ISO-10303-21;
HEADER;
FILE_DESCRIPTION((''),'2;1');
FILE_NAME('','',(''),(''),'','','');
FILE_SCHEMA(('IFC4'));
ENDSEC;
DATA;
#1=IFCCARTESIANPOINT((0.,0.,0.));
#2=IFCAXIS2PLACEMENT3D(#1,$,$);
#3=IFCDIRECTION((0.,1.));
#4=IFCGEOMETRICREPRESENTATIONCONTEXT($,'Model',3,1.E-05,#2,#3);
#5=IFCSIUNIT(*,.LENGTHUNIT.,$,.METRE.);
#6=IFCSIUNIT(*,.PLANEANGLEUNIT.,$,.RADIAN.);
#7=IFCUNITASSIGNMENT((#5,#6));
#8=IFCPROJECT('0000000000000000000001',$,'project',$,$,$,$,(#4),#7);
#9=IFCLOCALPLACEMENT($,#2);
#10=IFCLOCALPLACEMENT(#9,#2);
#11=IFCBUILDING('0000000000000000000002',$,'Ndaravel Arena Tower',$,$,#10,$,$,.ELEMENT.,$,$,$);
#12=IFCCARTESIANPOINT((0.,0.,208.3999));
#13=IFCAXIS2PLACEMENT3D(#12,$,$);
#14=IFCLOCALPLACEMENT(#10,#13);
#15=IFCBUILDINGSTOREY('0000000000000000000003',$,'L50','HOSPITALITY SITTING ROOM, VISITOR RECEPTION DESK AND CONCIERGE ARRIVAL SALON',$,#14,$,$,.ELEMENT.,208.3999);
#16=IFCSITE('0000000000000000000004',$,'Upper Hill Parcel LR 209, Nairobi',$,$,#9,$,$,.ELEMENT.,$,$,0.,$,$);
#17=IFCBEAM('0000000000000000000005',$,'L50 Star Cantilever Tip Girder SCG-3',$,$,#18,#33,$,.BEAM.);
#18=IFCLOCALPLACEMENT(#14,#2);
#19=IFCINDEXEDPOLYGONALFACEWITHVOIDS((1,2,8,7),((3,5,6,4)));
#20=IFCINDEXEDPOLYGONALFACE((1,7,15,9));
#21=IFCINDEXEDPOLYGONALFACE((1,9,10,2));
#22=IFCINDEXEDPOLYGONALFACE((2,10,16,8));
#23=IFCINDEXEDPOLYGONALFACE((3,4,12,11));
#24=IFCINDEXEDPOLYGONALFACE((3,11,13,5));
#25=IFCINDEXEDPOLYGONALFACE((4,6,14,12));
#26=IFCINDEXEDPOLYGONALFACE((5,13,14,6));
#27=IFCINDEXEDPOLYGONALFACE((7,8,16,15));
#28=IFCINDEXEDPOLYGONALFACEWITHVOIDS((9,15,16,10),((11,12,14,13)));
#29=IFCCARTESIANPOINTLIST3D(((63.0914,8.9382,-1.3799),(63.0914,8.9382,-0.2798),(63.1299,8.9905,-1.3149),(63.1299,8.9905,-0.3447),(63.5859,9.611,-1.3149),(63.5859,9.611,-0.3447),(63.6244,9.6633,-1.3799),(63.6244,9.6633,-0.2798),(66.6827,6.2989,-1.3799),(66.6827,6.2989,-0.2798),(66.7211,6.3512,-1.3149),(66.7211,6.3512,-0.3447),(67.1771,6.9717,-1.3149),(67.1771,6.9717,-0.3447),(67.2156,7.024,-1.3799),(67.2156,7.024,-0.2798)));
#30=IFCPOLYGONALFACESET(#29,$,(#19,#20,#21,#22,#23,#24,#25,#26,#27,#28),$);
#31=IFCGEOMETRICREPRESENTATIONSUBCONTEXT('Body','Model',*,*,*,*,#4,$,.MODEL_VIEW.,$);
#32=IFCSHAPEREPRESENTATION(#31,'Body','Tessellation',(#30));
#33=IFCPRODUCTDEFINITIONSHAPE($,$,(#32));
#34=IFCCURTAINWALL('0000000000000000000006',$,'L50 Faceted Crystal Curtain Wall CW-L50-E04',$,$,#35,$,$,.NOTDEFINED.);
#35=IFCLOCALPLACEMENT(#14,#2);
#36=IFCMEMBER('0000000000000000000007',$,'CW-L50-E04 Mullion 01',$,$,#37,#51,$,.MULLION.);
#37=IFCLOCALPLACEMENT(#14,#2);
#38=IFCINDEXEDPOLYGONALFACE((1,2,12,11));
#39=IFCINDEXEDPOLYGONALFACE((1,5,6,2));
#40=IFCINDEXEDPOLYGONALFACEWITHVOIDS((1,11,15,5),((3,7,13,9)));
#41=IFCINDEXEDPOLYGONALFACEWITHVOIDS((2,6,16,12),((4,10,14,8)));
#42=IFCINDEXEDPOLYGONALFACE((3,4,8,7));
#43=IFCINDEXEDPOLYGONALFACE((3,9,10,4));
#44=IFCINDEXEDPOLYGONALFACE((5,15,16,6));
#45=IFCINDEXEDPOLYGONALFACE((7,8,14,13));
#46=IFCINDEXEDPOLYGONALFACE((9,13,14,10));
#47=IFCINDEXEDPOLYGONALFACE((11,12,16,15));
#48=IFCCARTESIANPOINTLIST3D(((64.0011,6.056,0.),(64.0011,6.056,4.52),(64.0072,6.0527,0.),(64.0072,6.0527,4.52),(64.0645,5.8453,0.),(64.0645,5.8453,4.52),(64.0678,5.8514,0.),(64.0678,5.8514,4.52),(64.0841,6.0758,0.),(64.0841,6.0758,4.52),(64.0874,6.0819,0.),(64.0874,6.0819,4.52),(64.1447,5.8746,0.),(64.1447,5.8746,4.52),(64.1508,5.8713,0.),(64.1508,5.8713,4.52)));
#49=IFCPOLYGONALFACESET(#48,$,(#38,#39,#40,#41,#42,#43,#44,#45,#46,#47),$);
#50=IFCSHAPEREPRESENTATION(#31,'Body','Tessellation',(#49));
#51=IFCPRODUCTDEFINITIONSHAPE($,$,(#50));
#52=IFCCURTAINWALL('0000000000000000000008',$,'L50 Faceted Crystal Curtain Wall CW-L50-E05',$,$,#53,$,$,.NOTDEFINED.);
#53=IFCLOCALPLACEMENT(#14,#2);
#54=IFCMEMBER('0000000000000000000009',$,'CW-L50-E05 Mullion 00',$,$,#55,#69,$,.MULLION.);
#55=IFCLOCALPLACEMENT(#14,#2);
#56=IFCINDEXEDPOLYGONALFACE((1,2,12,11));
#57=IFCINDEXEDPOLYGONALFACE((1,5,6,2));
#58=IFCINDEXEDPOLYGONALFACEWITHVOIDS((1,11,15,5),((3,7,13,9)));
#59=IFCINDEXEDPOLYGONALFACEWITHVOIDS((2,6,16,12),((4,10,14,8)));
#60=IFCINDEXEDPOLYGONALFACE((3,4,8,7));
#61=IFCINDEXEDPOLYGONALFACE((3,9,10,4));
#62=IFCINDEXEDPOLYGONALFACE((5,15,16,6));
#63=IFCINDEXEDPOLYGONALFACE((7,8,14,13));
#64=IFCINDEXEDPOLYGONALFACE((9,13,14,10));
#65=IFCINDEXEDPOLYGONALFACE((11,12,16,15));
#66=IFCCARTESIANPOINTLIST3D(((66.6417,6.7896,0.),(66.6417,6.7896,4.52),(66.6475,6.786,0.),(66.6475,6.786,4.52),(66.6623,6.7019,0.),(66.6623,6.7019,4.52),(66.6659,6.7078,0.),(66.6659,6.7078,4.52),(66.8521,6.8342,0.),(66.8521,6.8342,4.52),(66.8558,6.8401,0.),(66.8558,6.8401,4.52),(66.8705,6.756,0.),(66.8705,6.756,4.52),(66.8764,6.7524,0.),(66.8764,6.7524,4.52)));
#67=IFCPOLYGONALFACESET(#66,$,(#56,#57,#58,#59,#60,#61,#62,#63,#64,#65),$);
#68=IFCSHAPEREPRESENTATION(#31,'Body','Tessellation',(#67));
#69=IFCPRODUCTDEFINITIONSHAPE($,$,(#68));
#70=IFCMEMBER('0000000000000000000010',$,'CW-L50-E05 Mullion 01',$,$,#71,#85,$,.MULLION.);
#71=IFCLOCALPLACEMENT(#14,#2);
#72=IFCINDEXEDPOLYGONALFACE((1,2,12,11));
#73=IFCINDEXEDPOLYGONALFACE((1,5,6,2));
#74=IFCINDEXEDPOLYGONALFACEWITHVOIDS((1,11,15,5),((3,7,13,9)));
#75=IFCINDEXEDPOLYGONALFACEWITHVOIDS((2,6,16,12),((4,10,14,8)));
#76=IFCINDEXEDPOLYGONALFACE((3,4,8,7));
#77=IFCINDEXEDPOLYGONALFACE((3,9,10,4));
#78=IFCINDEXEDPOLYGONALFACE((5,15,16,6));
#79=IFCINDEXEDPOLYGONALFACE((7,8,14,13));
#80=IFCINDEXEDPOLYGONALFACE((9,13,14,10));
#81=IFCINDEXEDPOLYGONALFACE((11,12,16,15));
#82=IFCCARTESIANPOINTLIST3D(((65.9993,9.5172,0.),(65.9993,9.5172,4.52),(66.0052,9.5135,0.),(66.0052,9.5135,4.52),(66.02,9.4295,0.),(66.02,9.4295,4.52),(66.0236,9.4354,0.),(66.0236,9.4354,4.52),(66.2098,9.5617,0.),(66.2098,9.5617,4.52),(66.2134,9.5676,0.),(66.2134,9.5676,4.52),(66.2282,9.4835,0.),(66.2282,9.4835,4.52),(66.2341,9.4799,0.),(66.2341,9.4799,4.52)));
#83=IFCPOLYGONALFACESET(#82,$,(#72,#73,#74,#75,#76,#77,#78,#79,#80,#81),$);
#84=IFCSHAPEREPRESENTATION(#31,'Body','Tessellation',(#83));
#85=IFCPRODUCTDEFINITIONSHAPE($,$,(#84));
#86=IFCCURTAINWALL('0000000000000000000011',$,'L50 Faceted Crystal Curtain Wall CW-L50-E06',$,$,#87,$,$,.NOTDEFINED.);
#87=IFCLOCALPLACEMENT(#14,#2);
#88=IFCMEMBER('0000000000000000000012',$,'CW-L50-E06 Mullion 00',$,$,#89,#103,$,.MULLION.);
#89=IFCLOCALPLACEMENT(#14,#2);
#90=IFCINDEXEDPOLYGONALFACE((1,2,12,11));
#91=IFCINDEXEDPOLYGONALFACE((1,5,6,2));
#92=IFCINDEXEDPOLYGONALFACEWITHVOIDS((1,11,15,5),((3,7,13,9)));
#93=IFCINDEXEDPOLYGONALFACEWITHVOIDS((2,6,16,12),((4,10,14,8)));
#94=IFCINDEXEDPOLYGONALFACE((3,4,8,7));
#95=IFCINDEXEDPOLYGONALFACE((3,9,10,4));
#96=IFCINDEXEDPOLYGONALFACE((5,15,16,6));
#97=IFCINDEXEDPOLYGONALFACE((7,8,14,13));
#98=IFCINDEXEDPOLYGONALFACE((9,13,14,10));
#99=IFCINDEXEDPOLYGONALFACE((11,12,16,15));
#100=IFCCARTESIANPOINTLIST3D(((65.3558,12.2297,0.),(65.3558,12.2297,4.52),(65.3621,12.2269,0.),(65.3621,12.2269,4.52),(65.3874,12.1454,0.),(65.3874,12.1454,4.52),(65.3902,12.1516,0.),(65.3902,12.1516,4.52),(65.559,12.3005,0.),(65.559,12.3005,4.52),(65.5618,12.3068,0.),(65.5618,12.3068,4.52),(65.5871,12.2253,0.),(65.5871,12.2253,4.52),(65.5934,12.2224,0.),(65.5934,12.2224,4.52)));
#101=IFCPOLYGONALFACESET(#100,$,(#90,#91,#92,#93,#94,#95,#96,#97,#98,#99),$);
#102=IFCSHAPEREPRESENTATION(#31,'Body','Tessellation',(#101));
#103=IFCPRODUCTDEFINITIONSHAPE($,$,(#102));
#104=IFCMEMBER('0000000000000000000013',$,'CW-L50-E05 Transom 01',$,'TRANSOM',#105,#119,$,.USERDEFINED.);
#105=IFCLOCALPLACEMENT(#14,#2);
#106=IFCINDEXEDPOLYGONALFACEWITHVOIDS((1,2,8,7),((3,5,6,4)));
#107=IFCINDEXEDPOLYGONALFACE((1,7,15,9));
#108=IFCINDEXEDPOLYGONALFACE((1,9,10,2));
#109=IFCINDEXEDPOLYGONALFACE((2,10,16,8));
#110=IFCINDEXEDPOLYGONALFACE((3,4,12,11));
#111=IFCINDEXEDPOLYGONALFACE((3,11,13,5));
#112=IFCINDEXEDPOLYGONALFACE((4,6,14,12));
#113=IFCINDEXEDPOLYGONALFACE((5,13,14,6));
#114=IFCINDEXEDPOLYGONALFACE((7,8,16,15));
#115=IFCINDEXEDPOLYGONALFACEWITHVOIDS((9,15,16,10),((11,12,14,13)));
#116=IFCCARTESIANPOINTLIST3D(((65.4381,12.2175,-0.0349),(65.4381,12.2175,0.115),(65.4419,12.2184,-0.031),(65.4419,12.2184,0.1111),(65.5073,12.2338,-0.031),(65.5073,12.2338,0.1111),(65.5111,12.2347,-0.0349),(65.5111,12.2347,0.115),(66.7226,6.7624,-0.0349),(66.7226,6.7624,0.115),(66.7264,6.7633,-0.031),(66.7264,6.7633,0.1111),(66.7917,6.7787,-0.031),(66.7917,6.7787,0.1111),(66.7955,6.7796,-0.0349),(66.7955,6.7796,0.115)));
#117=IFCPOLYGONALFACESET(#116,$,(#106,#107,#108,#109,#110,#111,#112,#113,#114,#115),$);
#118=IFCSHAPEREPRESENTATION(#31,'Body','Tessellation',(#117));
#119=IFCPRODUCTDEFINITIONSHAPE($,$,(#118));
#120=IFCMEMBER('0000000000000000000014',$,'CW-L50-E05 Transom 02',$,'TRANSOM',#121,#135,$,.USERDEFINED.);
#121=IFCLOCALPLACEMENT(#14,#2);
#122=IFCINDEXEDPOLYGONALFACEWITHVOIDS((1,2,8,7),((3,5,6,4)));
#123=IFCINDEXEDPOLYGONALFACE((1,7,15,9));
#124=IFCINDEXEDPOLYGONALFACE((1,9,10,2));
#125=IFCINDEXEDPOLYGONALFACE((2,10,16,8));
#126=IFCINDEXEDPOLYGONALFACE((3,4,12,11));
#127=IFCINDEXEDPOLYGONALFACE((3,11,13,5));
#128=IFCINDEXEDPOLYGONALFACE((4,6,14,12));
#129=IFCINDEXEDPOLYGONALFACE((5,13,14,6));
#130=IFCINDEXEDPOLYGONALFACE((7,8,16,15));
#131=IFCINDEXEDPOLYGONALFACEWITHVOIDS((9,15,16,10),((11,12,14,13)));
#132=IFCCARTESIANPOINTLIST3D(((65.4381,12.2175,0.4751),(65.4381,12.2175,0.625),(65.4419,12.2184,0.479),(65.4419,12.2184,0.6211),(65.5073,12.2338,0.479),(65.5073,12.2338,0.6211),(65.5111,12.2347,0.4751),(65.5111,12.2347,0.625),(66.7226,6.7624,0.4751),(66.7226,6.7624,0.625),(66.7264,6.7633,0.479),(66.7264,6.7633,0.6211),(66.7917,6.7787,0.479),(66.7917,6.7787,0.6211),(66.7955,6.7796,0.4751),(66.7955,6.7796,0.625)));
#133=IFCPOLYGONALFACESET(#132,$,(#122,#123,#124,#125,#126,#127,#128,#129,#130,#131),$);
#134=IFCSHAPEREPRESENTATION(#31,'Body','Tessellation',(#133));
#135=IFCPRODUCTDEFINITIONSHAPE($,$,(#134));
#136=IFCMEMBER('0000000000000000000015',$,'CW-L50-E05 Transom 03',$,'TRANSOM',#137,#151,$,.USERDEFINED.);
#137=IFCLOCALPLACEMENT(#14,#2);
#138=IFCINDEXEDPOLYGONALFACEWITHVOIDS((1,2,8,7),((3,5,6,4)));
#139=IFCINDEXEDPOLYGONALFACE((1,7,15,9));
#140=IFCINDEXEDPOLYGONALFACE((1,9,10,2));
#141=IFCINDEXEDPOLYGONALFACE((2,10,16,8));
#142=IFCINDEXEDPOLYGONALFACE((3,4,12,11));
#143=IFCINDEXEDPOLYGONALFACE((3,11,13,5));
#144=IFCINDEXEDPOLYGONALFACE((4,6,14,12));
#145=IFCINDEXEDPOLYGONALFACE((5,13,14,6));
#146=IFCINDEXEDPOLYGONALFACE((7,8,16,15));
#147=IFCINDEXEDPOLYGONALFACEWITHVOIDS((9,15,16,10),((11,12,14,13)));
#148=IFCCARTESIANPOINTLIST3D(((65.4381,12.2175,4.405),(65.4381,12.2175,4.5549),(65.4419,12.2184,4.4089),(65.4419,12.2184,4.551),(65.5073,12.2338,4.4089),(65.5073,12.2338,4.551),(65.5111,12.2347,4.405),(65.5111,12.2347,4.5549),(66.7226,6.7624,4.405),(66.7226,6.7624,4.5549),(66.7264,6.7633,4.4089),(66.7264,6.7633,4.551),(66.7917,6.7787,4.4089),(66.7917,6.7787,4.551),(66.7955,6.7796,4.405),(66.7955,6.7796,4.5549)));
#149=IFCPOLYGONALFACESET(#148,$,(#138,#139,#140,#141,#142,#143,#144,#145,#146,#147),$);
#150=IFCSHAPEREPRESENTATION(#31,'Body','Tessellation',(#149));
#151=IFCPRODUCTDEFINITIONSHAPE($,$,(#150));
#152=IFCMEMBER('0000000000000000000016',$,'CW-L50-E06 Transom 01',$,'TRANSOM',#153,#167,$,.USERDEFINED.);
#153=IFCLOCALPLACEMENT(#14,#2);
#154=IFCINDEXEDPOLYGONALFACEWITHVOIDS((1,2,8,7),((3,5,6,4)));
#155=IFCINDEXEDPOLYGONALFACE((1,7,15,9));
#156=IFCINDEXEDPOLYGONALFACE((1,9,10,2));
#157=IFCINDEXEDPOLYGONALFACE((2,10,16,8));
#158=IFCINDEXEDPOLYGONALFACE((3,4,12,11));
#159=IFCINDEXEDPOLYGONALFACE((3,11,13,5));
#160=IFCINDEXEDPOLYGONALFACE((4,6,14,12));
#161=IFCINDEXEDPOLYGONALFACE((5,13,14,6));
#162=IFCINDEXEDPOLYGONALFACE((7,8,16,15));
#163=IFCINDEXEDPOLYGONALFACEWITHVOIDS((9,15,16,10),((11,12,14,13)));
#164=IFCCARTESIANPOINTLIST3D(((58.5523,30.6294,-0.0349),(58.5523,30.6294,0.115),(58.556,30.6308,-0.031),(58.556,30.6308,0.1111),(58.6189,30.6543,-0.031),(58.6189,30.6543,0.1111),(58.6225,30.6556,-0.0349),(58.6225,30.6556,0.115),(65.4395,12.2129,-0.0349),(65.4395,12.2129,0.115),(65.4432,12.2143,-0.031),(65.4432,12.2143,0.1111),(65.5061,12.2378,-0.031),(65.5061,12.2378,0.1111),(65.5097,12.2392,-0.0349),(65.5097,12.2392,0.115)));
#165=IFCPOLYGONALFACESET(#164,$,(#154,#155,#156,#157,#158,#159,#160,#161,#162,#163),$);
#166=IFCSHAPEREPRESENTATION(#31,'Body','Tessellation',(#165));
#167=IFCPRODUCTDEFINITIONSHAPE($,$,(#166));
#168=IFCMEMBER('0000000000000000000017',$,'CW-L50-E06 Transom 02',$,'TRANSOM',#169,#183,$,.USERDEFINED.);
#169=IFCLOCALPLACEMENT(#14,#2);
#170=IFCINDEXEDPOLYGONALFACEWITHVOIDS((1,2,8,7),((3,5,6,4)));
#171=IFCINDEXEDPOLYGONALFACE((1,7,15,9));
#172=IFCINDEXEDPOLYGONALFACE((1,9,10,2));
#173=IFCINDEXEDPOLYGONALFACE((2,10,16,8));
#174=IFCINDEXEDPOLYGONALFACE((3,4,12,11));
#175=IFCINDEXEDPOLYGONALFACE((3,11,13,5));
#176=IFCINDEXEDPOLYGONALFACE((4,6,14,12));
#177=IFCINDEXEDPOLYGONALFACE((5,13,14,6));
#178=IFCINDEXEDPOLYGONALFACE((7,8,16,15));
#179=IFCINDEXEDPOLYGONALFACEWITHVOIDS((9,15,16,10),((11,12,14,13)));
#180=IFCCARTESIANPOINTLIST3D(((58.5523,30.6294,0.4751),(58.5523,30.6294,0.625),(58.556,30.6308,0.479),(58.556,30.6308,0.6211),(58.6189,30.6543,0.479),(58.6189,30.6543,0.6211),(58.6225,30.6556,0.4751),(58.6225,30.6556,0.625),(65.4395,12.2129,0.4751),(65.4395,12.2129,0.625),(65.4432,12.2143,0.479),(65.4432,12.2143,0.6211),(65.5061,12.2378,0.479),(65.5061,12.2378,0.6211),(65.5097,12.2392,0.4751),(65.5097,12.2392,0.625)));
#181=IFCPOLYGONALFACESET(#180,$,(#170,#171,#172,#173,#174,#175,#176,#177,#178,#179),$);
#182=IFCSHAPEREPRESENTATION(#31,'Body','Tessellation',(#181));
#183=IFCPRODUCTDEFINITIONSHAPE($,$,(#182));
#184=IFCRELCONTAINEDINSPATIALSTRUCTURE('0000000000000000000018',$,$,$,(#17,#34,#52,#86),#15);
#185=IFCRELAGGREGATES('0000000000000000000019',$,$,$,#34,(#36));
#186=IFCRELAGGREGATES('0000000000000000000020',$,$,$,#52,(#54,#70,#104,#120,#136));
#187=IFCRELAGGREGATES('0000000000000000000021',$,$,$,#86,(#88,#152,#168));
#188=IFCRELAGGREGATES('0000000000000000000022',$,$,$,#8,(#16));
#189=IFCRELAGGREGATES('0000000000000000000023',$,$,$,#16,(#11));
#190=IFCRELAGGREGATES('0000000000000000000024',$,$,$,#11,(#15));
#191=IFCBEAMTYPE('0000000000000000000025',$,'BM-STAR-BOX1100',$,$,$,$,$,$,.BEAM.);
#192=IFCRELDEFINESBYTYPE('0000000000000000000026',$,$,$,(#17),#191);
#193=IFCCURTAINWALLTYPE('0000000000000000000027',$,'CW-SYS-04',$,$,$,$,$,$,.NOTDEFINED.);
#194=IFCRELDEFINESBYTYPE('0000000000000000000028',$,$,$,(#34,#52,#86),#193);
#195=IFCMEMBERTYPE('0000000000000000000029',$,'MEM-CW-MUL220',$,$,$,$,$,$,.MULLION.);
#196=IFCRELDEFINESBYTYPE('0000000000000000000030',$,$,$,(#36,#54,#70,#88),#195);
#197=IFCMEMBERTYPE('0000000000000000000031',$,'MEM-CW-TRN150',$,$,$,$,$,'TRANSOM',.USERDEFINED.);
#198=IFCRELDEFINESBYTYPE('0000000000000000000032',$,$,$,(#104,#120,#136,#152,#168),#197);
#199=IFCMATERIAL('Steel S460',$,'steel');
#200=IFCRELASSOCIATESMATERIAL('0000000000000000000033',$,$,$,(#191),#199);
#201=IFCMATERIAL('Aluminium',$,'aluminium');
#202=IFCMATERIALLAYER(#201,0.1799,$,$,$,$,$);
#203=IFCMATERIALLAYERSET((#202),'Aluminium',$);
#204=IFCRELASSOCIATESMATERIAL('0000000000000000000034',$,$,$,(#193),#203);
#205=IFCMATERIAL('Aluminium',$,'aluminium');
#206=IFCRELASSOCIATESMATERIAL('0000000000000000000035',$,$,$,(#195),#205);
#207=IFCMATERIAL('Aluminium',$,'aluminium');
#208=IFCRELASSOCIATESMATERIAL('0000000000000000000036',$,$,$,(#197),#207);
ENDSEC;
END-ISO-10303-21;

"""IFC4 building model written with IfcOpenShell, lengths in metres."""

from ifc_helpers import new_model, si_unit, direction, frame, origin, origin_2d, place, context, subcontext, project, spatial, hollow_rectangle, extrude, material, layer, layer_set, material_profile, profile_set, type_object, element, aggregate, save


model = new_model("IFC4")

# Units and contexts
model_context = context("Model", 3, precision=1e-05, world=origin(), true_north=direction((0.0, 1.0)))
body_context = subcontext(model_context, "Body", "Model", "MODEL_VIEW")
ifc_project = project(units=[si_unit("LENGTHUNIT", "METRE"), si_unit("PLANEANGLEUNIT", "RADIAN")], contexts=[model_context])

# Site, building, storey
site_placement = place(None, origin())
site = spatial("IfcSite", under=ifc_project, at=site_placement, Name="Upper Hill Parcel LR 209, Nairobi", CompositionType="ELEMENT", RefElevation=0.0)
building_placement = place(site_placement, origin())
building = spatial("IfcBuilding", under=site, at=building_placement, Name="Ndaravel Arena Tower", CompositionType="ELEMENT")
storey_placement = place(building_placement, frame((0.0, 0.0, 208.3999)))
storey = spatial("IfcBuildingStorey", under=building, at=storey_placement, Name="L50", Description="HOSPITALITY SITTING ROOM, VISITOR RECEPTION DESK AND CONCIERGE ARRIVAL SALON", CompositionType="ELEMENT", Elevation=208.3999)

# Beam
ifc_material_1 = material(Name="Steel S460", Category="steel")
ifc_material_profile_1 = material_profile(ifc_material_1, hollow_rectangle(XDim=0.8999, YDim=1.1001, WallThickness=0.0649, at=origin_2d()), Name="BOX 1100x900x65")
ifc_profile_set_1 = profile_set([ifc_material_profile_1], Name="Steel S460")
beam_type_1 = type_object("IfcBeamType", Name="BM-STAR-BOX1100", PredefinedType="BEAM", material=ifc_profile_set_1)
beam_1_placement = place(storey_placement, frame((63.3579, 9.3008, -0.8298), z_axis=(0.805786, -0.592206, 0.0), x_axis=(0.592206, 0.805786, 0.0)))
element("IfcBeam", 1, at=beam_1_placement, inside=storey, type_object=beam_type_1, Name="L50 Star Cantilever Tip Girder SCG-3", PredefinedType="BEAM", context=body_context, shape_type="SweptSolid", body=[
    extrude(hollow_rectangle(XDim=0.8999, YDim=1.1001, WallThickness=0.0649, at=origin_2d()), origin(), (0.0, 0.0, 1.0), 4.4568),
])

# Curtain wall, member
ifc_material_2 = material(Name="Aluminium", Category="aluminium")
ifc_layer_1 = layer(ifc_material_2, 0.1799)
ifc_layer_set_1 = layer_set([ifc_layer_1], Name="Aluminium")
curtain_wall_type = type_object("IfcCurtainWallType", Name="CW-SYS-04", PredefinedType="NOTDEFINED", material=ifc_layer_set_1)
curtain_wall_1_placement = place(storey_placement, origin())
curtain_wall_1 = element("IfcCurtainWall", 2, at=curtain_wall_1_placement, inside=storey, type_object=curtain_wall_type, Name="L50 Faceted Crystal Curtain Wall CW-L50-E04", PredefinedType="NOTDEFINED")
ifc_material_3 = material(Name="Aluminium", Category="aluminium")
ifc_material_profile_2 = material_profile(ifc_material_3, hollow_rectangle(XDim=0.0901, YDim=0.22, WallThickness=0.0049, at=origin_2d()), Name="CW MULLION 90x220x5")
ifc_profile_set_2 = profile_set([ifc_material_profile_2], Name="Aluminium")
member_type_1 = type_object("IfcMemberType", Name="MEM-CW-MUL220", PredefinedType="MULLION", material=ifc_profile_set_2)
member_1_placement = place(storey_placement, frame((64.0759, 5.9636, 0.0), z_axis=(0.0, 0.0, 1.0), x_axis=(0.957576, 0.28818, 0.0)))
member_1 = element("IfcMember", 3, at=member_1_placement, type_object=member_type_1, Name="CW-L50-E04 Mullion 01", PredefinedType="MULLION", context=body_context, shape_type="SweptSolid", body=[
    extrude(hollow_rectangle(XDim=0.0901, YDim=0.22, WallThickness=0.0049, at=origin_2d()), origin(), (0.0, 0.0, 1.0), 4.52),
])

# Curtain wall, members
curtain_wall_2_placement = place(storey_placement, origin())
curtain_wall_2 = element("IfcCurtainWall", 4, at=curtain_wall_2_placement, inside=storey, type_object=curtain_wall_type, Name="L50 Faceted Crystal Curtain Wall CW-L50-E05", PredefinedType="NOTDEFINED")
member_2_placement = place(storey_placement, frame((66.759, 6.771, 0.0), z_axis=(0.0, 0.0, 1.0), x_axis=(-0.229217, 0.973375, 0.0)))
member_2 = element("IfcMember", 5, at=member_2_placement, type_object=member_type_1, Name="CW-L50-E05 Mullion 00", PredefinedType="MULLION", context=body_context, shape_type="SweptSolid", body=[
    extrude(hollow_rectangle(XDim=0.0901, YDim=0.22, WallThickness=0.0049, at=origin_2d()), origin(), (0.0, 0.0, 1.0), 4.52),
])
member_3_placement = place(storey_placement, frame((66.1167, 9.4985, 0.0), z_axis=(0.0, 0.0, 1.0), x_axis=(-0.229217, 0.973375, 0.0)))
member_3 = element("IfcMember", 6, at=member_3_placement, type_object=member_type_1, Name="CW-L50-E05 Mullion 01", PredefinedType="MULLION", context=body_context, shape_type="SweptSolid", body=[
    extrude(hollow_rectangle(XDim=0.0901, YDim=0.22, WallThickness=0.0049, at=origin_2d()), origin(), (0.0, 0.0, 1.0), 4.52),
])

# Curtain wall, member
curtain_wall_3_placement = place(storey_placement, origin())
curtain_wall_3 = element("IfcCurtainWall", 7, at=curtain_wall_3_placement, inside=storey, type_object=curtain_wall_type, Name="L50 Faceted Crystal Curtain Wall CW-L50-E06", PredefinedType="NOTDEFINED")
member_4_placement = place(storey_placement, frame((65.4746, 12.2261, 0.0), z_axis=(0.0, 0.0, 1.0), x_axis=(-0.350273, 0.936648, 0.0)))
member_4 = element("IfcMember", 8, at=member_4_placement, type_object=member_type_1, Name="CW-L50-E06 Mullion 00", PredefinedType="MULLION", context=body_context, shape_type="SweptSolid", body=[
    extrude(hollow_rectangle(XDim=0.0901, YDim=0.22, WallThickness=0.0049, at=origin_2d()), origin(), (0.0, 0.0, 1.0), 4.52),
])

# Members
ifc_material_4 = material(Name="Aluminium", Category="aluminium")
ifc_material_profile_3 = material_profile(ifc_material_4, hollow_rectangle(XDim=0.075, YDim=0.1499, WallThickness=0.0039, at=origin_2d()), Name="CW TRANSOM 75x150x4")
ifc_profile_set_3 = profile_set([ifc_material_profile_3], Name="Aluminium")
member_type_2 = type_object("IfcMemberType", Name="MEM-CW-TRN150", ElementType="TRANSOM", PredefinedType="USERDEFINED", material=ifc_profile_set_3)
member_5_placement = place(storey_placement, frame((66.759, 6.771, 0.04), z_axis=(-0.229187, 0.973382, 0.0), x_axis=(-0.973382, -0.229187, 0.0)))
member_5 = element("IfcMember", 9, at=member_5_placement, type_object=member_type_2, Name="CW-L50-E05 Transom 01", ObjectType="TRANSOM", PredefinedType="USERDEFINED", context=body_context, shape_type="SweptSolid", body=[
    extrude(hollow_rectangle(XDim=0.075, YDim=0.1499, WallThickness=0.0039, at=origin_2d()), origin(), (0.0, 0.0, 1.0), 5.6042),
])
member_6_placement = place(storey_placement, frame((66.759, 6.771, 0.55), z_axis=(-0.229187, 0.973382, 0.0), x_axis=(-0.973382, -0.229187, 0.0)))
member_6 = element("IfcMember", 10, at=member_6_placement, type_object=member_type_2, Name="CW-L50-E05 Transom 02", ObjectType="TRANSOM", PredefinedType="USERDEFINED", context=body_context, shape_type="SweptSolid", body=[
    extrude(hollow_rectangle(XDim=0.075, YDim=0.1499, WallThickness=0.0039, at=origin_2d()), origin(), (0.0, 0.0, 1.0), 5.6042),
])
member_7_placement = place(storey_placement, frame((66.759, 6.771, 4.48), z_axis=(-0.229187, 0.973382, 0.0), x_axis=(-0.973382, -0.229187, 0.0)))
member_7 = element("IfcMember", 11, at=member_7_placement, type_object=member_type_2, Name="CW-L50-E05 Transom 03", ObjectType="TRANSOM", PredefinedType="USERDEFINED", context=body_context, shape_type="SweptSolid", body=[
    extrude(hollow_rectangle(XDim=0.075, YDim=0.1499, WallThickness=0.0039, at=origin_2d()), origin(), (0.0, 0.0, 1.0), 5.6042),
])
member_8_placement = place(storey_placement, frame((65.4746, 12.2261, 0.04), z_axis=(-0.350277, 0.936646, 0.0), x_axis=(-0.936646, -0.350277, 0.0)))
member_8 = element("IfcMember", 12, at=member_8_placement, type_object=member_type_2, Name="CW-L50-E06 Transom 01", ObjectType="TRANSOM", PredefinedType="USERDEFINED", context=body_context, shape_type="SweptSolid", body=[
    extrude(hollow_rectangle(XDim=0.075, YDim=0.1499, WallThickness=0.0039, at=origin_2d()), origin(), (0.0, 0.0, 1.0), 19.6621),
])
member_9_placement = place(storey_placement, frame((65.4746, 12.2261, 0.55), z_axis=(-0.350277, 0.936646, 0.0), x_axis=(-0.936646, -0.350277, 0.0)))
member_9 = element("IfcMember", 13, at=member_9_placement, type_object=member_type_2, Name="CW-L50-E06 Transom 02", ObjectType="TRANSOM", PredefinedType="USERDEFINED", context=body_context, shape_type="SweptSolid", body=[
    extrude(hollow_rectangle(XDim=0.075, YDim=0.1499, WallThickness=0.0039, at=origin_2d()), origin(), (0.0, 0.0, 1.0), 19.6621),
])

aggregate(curtain_wall_1, [member_1])
aggregate(curtain_wall_2, [member_2, member_3, member_5, member_6, member_7])
aggregate(curtain_wall_3, [member_4, member_8, member_9])

save(model, "model.ifc")
